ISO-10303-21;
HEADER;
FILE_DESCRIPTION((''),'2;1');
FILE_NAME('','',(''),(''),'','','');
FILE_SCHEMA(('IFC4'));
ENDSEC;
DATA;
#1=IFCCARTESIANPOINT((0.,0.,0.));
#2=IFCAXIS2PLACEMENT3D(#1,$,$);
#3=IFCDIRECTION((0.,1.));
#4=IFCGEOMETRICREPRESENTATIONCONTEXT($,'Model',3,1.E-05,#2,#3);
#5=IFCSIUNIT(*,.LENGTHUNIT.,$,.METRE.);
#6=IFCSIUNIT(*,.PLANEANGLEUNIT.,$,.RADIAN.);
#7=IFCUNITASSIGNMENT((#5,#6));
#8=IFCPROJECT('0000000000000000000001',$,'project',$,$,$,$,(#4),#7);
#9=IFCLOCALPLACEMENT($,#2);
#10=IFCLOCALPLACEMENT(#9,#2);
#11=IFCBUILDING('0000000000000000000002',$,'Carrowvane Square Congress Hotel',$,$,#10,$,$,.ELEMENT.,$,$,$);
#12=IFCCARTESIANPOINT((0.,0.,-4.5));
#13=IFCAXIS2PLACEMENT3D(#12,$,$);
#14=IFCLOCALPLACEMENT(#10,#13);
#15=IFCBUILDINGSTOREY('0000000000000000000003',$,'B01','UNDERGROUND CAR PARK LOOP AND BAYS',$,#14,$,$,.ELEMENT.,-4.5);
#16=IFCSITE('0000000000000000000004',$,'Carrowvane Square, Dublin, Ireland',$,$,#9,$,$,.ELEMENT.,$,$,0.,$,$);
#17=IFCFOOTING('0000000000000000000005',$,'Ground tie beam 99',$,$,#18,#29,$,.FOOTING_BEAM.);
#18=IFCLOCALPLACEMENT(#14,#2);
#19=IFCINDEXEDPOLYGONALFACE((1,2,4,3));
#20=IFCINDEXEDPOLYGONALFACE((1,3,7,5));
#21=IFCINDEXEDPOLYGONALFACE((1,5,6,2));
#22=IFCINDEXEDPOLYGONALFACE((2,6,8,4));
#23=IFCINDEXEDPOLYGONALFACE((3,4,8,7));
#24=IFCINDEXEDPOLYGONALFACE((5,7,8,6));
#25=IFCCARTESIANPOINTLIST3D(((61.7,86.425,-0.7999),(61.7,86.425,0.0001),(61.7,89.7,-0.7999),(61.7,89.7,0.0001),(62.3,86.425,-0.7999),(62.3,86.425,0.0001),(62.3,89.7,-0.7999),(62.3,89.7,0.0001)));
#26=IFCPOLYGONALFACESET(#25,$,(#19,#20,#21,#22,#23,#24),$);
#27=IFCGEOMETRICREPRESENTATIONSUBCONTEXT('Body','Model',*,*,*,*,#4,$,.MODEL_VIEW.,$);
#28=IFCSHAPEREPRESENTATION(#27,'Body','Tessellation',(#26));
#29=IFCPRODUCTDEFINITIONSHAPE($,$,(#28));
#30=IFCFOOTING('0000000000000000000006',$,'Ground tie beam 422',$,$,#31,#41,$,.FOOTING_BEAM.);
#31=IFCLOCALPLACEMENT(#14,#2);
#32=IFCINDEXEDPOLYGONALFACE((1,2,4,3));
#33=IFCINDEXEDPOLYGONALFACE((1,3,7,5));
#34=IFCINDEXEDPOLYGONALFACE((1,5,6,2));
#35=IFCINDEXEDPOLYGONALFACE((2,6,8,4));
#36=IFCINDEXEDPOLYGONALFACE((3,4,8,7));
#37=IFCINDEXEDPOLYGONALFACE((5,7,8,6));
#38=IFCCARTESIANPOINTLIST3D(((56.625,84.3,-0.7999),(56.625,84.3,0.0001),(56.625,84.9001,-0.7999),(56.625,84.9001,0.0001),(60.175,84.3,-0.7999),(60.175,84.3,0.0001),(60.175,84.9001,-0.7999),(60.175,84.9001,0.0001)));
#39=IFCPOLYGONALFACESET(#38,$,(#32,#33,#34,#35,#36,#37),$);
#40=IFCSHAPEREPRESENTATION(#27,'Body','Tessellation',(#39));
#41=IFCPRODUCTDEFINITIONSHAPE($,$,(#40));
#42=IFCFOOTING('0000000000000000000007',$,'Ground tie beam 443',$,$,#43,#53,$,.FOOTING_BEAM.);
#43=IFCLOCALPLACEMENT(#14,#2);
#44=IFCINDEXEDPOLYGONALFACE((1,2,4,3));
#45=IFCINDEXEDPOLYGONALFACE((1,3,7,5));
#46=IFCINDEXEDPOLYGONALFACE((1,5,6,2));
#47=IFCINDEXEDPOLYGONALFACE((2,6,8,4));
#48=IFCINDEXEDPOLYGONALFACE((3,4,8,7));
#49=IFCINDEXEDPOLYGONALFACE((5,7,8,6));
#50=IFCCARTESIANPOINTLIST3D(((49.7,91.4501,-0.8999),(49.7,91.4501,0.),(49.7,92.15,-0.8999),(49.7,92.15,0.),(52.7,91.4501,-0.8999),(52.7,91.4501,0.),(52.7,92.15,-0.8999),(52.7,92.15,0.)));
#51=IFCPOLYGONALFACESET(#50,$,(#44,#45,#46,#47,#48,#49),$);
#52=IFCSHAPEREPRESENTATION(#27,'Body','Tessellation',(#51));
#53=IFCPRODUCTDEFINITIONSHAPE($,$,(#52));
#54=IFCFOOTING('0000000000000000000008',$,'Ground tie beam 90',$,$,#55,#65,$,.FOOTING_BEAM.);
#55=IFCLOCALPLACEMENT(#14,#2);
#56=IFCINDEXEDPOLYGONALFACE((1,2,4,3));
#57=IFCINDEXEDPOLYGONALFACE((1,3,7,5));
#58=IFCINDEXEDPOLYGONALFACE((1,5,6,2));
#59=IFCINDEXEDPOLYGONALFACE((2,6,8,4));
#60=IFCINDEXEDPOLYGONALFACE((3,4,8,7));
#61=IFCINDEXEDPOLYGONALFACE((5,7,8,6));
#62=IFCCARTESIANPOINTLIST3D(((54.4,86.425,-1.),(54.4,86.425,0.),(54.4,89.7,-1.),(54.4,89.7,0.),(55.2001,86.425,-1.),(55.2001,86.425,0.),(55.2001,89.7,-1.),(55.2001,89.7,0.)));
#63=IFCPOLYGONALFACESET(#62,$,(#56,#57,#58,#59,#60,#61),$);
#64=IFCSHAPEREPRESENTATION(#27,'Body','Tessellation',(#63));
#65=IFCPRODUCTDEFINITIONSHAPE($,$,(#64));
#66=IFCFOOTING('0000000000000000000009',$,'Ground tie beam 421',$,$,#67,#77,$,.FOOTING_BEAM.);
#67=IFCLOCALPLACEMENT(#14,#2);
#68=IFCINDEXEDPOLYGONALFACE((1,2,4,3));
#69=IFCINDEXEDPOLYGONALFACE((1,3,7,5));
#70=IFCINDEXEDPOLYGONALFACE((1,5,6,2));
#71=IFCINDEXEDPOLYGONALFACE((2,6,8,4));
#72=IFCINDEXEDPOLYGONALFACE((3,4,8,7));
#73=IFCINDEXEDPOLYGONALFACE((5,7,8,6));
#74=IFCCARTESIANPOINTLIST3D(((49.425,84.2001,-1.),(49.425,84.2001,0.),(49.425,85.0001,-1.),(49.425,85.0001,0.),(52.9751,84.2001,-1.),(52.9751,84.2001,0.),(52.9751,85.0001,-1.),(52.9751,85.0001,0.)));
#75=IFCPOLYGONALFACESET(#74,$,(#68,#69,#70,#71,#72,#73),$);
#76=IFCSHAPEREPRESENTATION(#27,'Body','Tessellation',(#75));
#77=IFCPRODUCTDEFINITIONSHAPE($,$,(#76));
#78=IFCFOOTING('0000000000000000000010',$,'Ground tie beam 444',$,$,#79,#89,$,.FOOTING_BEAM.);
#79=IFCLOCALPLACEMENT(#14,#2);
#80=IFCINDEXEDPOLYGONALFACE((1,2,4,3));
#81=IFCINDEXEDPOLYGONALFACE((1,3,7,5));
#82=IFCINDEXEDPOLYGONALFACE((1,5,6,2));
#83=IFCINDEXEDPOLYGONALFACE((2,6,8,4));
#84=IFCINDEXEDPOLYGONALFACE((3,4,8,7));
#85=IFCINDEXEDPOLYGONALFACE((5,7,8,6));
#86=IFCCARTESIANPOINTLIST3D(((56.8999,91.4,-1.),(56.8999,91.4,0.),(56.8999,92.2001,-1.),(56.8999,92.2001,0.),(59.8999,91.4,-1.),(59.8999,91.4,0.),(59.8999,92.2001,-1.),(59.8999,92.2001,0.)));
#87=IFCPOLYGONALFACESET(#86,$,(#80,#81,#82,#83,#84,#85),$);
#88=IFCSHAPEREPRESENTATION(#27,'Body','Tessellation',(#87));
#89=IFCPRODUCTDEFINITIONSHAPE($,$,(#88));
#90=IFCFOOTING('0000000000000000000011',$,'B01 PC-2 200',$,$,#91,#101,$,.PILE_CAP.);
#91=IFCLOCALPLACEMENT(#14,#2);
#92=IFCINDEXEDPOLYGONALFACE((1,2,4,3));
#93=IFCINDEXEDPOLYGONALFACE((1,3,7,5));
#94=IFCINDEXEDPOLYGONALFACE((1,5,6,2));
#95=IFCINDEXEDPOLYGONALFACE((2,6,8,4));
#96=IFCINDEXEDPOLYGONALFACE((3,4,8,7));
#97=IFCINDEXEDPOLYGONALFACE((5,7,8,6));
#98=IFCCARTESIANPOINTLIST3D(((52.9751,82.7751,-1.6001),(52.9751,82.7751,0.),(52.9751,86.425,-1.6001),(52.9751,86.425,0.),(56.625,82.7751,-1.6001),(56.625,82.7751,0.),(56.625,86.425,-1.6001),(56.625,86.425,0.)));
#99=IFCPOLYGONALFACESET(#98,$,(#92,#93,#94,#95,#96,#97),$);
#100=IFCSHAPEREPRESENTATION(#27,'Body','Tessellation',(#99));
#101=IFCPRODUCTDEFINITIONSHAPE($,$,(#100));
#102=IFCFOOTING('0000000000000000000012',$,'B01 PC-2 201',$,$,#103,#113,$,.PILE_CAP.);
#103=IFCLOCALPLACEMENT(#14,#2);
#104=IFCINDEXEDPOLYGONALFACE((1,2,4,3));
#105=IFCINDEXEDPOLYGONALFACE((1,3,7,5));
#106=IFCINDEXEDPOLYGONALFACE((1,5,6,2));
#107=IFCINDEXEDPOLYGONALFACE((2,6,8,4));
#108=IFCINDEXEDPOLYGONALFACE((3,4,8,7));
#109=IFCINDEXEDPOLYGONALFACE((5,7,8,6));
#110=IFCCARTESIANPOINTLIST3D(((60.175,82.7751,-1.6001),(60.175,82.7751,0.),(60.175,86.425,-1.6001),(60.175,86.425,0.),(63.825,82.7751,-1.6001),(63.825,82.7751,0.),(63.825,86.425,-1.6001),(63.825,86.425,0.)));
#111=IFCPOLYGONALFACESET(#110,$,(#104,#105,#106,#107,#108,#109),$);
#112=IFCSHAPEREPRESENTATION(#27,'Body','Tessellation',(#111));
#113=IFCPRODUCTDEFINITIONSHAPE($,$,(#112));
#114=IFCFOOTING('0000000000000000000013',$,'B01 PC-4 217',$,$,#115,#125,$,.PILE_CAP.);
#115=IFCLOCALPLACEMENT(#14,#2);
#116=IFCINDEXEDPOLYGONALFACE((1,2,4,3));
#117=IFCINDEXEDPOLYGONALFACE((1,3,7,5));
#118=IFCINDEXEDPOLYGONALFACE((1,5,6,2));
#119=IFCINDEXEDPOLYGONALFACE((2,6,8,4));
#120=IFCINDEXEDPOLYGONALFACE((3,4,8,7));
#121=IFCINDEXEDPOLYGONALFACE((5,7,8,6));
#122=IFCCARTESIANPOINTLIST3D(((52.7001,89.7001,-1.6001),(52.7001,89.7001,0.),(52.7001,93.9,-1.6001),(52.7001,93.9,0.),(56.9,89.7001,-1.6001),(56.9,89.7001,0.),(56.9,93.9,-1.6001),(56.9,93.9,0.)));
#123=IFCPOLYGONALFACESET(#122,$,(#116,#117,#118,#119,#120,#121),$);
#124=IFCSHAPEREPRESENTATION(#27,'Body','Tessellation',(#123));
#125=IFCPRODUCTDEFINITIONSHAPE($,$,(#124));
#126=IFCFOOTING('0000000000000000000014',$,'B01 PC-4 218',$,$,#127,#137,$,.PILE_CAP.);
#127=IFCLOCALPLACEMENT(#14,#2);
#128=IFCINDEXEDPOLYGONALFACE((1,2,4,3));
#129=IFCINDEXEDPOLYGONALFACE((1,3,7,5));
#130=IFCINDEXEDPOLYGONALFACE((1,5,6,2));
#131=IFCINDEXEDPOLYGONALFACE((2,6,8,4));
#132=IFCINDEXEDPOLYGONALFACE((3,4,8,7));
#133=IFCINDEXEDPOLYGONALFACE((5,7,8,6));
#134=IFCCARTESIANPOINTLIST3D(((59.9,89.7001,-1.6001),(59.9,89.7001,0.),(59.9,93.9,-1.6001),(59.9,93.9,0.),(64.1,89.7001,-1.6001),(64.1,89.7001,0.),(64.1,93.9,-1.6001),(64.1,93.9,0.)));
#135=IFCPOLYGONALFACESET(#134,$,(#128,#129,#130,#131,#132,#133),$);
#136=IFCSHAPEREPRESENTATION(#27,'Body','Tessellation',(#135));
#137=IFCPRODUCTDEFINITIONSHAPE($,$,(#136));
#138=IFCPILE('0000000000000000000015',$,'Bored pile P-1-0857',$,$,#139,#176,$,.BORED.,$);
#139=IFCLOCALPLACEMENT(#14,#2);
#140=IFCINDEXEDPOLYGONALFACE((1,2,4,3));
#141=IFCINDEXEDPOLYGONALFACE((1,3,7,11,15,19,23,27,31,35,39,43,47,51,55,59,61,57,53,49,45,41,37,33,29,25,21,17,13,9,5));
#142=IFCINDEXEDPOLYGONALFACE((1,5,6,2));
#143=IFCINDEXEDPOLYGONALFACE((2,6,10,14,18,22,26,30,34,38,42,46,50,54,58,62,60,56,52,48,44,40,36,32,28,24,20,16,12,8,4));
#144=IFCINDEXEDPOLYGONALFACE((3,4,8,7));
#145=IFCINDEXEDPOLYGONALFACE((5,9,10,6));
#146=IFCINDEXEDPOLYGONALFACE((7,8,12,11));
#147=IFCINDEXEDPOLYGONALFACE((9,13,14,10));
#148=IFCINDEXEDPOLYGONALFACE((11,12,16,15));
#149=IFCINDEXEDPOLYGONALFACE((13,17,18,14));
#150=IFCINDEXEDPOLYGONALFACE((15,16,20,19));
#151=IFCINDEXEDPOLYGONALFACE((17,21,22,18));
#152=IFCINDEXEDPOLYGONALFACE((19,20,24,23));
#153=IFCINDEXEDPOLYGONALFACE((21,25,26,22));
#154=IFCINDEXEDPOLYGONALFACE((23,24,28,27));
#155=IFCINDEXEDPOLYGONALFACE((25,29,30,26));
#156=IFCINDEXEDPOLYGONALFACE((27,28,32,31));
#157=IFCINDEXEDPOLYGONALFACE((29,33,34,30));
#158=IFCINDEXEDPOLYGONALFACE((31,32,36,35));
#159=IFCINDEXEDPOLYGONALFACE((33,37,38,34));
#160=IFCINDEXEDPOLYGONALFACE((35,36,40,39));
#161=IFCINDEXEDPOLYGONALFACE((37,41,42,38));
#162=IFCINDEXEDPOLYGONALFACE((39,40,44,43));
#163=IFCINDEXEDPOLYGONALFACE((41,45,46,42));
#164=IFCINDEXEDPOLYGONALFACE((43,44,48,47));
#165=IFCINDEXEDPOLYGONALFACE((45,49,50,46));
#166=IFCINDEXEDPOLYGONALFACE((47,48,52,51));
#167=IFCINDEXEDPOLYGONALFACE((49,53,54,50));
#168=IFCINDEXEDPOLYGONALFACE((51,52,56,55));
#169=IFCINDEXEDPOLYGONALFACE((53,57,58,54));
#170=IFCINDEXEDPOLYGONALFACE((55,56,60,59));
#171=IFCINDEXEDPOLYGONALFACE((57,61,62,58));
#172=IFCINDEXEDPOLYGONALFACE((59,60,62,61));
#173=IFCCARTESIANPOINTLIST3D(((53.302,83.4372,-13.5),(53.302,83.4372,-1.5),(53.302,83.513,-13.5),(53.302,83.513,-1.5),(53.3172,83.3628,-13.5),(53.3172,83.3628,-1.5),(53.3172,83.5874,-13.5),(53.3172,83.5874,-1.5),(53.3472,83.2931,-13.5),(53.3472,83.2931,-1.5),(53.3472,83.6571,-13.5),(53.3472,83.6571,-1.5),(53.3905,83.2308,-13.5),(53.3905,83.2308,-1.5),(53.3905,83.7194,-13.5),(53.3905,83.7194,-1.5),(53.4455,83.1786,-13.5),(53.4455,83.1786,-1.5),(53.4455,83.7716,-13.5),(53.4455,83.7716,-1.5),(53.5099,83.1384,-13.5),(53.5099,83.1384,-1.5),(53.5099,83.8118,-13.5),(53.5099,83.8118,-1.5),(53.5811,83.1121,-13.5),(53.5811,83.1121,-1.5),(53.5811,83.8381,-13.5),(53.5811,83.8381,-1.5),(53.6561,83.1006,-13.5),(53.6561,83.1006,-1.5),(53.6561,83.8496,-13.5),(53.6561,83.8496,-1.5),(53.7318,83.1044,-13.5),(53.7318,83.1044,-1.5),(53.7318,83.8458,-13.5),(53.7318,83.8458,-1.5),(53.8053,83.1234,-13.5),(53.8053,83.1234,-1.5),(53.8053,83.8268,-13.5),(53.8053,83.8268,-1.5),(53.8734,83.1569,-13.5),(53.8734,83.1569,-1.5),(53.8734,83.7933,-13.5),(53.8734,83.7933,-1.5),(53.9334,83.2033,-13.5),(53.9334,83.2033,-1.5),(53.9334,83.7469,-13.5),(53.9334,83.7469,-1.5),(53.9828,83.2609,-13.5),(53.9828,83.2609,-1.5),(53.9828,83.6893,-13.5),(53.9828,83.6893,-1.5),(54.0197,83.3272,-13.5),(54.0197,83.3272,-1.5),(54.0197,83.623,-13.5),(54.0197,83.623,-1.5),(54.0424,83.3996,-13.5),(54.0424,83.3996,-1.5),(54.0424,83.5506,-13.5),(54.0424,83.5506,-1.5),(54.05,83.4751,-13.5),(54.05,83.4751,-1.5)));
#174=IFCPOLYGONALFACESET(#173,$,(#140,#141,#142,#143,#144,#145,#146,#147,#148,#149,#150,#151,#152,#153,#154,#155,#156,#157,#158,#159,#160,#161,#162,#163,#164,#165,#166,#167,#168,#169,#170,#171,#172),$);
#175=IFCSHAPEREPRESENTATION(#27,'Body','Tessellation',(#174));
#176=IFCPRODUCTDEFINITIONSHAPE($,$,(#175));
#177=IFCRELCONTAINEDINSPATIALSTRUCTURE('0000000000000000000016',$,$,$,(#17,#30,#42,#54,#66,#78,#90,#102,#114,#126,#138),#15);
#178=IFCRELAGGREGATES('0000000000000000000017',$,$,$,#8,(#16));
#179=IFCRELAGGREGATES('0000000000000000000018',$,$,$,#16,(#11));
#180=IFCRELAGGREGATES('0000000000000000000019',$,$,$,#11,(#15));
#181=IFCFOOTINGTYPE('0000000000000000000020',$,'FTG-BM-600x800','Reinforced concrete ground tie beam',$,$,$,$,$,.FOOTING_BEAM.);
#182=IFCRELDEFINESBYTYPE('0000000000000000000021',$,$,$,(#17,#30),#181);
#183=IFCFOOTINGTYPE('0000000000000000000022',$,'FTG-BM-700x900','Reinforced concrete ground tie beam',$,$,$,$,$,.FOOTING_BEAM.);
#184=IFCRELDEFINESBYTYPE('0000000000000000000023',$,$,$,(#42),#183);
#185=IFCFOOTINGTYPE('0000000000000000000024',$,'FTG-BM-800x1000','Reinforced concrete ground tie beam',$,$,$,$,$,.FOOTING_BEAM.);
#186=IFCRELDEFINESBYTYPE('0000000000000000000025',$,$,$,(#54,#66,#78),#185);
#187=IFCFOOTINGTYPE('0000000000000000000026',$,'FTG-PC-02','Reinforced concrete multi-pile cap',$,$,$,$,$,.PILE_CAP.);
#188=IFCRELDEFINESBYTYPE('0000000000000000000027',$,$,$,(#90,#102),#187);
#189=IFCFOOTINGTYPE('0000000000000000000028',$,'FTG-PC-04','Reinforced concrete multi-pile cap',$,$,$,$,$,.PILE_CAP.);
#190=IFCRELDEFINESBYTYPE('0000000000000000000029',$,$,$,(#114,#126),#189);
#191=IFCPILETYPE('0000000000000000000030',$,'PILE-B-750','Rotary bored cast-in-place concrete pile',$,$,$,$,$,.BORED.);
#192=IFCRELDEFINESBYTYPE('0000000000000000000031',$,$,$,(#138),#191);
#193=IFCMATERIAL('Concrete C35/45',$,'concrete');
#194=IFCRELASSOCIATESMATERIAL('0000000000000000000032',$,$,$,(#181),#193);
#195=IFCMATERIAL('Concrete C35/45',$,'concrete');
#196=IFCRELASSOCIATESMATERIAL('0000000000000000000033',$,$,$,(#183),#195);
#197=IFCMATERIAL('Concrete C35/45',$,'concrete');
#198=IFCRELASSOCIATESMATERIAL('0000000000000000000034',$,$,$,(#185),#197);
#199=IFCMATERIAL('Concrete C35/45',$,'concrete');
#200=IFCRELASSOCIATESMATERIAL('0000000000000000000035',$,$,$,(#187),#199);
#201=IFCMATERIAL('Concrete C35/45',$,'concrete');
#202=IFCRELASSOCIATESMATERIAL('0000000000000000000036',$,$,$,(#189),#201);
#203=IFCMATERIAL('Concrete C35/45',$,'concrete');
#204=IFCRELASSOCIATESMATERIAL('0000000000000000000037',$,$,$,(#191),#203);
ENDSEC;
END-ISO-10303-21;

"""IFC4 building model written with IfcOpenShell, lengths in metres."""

from ifc_helpers import new_model, si_unit, direction, frame, origin, origin_2d, place, context, subcontext, project, spatial, rectangle, circle, extrude, material, material_profile, profile_set, type_object, element, save


model = new_model("IFC4")

# Units and contexts
model_context = context("Model", 3, precision=1e-05, world=origin(), true_north=direction((0.0, 1.0)))
body_context = subcontext(model_context, "Body", "Model", "MODEL_VIEW")
ifc_project = project(units=[si_unit("LENGTHUNIT", "METRE"), si_unit("PLANEANGLEUNIT", "RADIAN")], contexts=[model_context])

# Site, building, storey
site_placement = place(None, origin())
site = spatial("IfcSite", under=ifc_project, at=site_placement, Name="Carrowvane Square, Dublin, Ireland", CompositionType="ELEMENT", RefElevation=0.0)
building_placement = place(site_placement, origin())
building = spatial("IfcBuilding", under=site, at=building_placement, Name="Carrowvane Square Congress Hotel", CompositionType="ELEMENT")
storey_placement = place(building_placement, frame((0.0, 0.0, -4.5)))
storey = spatial("IfcBuildingStorey", under=building, at=storey_placement, Name="B01", Description="UNDERGROUND CAR PARK LOOP AND BAYS", CompositionType="ELEMENT", Elevation=-4.5)

# Footings
ifc_material_1 = material(Name="Concrete C35/45", Category="concrete")
ifc_material_profile_1 = material_profile(ifc_material_1, rectangle(XDim=0.6001, YDim=0.8, at=origin_2d()), Name="RC 600x800")
ifc_profile_set_1 = profile_set([ifc_material_profile_1], Name="Concrete C35/45")
footing_type_1 = type_object("IfcFootingType", Name="FTG-BM-600x800", Description="Reinforced concrete ground tie beam", PredefinedType="FOOTING_BEAM", material=ifc_profile_set_1)
footing_1_placement = place(storey_placement, frame((62.0, 86.425, -0.3999), z_axis=(0.0, 1.0, 0.0), x_axis=(-1.0, 0.0, 0.0)))
element("IfcFooting", 1, at=footing_1_placement, inside=storey, type_object=footing_type_1, Name="Ground tie beam 99", PredefinedType="FOOTING_BEAM", context=body_context, shape_type="SweptSolid", body=[
    extrude(rectangle(XDim=0.6001, YDim=0.8, at=origin_2d()), origin(), (0.0, 0.0, 1.0), 3.2749),
])
footing_2_placement = place(storey_placement, frame((56.625, 84.6001, -0.3999), z_axis=(1.0, 0.0, 0.0), x_axis=(0.0, 1.0, 0.0)))
element("IfcFooting", 2, at=footing_2_placement, inside=storey, type_object=footing_type_1, Name="Ground tie beam 422", PredefinedType="FOOTING_BEAM", context=body_context, shape_type="SweptSolid", body=[
    extrude(rectangle(XDim=0.6001, YDim=0.8, at=origin_2d()), origin(), (0.0, 0.0, 1.0), 3.55),
])
ifc_material_2 = material(Name="Concrete C35/45", Category="concrete")
ifc_material_profile_2 = material_profile(ifc_material_2, rectangle(XDim=0.7, YDim=0.8999, at=origin_2d()), Name="RC 700x900")
ifc_profile_set_2 = profile_set([ifc_material_profile_2], Name="Concrete C35/45")
footing_type_2 = type_object("IfcFootingType", Name="FTG-BM-700x900", Description="Reinforced concrete ground tie beam", PredefinedType="FOOTING_BEAM", material=ifc_profile_set_2)
footing_3_placement = place(storey_placement, frame((49.7, 91.8, -0.45), z_axis=(1.0, 0.0, 0.0), x_axis=(0.0, 1.0, 0.0)))
element("IfcFooting", 3, at=footing_3_placement, inside=storey, type_object=footing_type_2, Name="Ground tie beam 443", PredefinedType="FOOTING_BEAM", context=body_context, shape_type="SweptSolid", body=[
    extrude(rectangle(XDim=0.7, YDim=0.8999, at=origin_2d()), origin(), (0.0, 0.0, 1.0), 3.0),
])
ifc_material_3 = material(Name="Concrete C35/45", Category="concrete")
ifc_material_profile_3 = material_profile(ifc_material_3, rectangle(XDim=0.8, YDim=1.0, at=origin_2d()), Name="RC 800x1000")
ifc_profile_set_3 = profile_set([ifc_material_profile_3], Name="Concrete C35/45")
footing_type_3 = type_object("IfcFootingType", Name="FTG-BM-800x1000", Description="Reinforced concrete ground tie beam", PredefinedType="FOOTING_BEAM", material=ifc_profile_set_3)
footing_4_placement = place(storey_placement, frame((54.8, 86.425, -0.5), z_axis=(0.0, 1.0, 0.0), x_axis=(-1.0, 0.0, 0.0)))
element("IfcFooting", 4, at=footing_4_placement, inside=storey, type_object=footing_type_3, Name="Ground tie beam 90", PredefinedType="FOOTING_BEAM", context=body_context, shape_type="SweptSolid", body=[
    extrude(rectangle(XDim=0.8, YDim=1.0, at=origin_2d()), origin(), (0.0, 0.0, 1.0), 3.2749),
])
footing_5_placement = place(storey_placement, frame((49.425, 84.6001, -0.5), z_axis=(1.0, 0.0, 0.0), x_axis=(0.0, 1.0, 0.0)))
element("IfcFooting", 5, at=footing_5_placement, inside=storey, type_object=footing_type_3, Name="Ground tie beam 421", PredefinedType="FOOTING_BEAM", context=body_context, shape_type="SweptSolid", body=[
    extrude(rectangle(XDim=0.8, YDim=1.0, at=origin_2d()), origin(), (0.0, 0.0, 1.0), 3.55),
])
footing_6_placement = place(storey_placement, frame((56.8999, 91.8, -0.5), z_axis=(1.0, 0.0, 0.0), x_axis=(0.0, 1.0, 0.0)))
element("IfcFooting", 6, at=footing_6_placement, inside=storey, type_object=footing_type_3, Name="Ground tie beam 444", PredefinedType="FOOTING_BEAM", context=body_context, shape_type="SweptSolid", body=[
    extrude(rectangle(XDim=0.8, YDim=1.0, at=origin_2d()), origin(), (0.0, 0.0, 1.0), 3.0),
])
ifc_material_4 = material(Name="Concrete C35/45", Category="concrete")
footing_type_4 = type_object("IfcFootingType", Name="FTG-PC-02", Description="Reinforced concrete multi-pile cap", PredefinedType="PILE_CAP", material=ifc_material_4)
for number, where, z_axis, x_axis, name in (
    (7, (54.8, 84.6001, -1.6001), (0.0, 0.0, 1.0), (1.0, 0.0, 0.0), "B01 PC-2 200"),
    (8, (62.0, 84.6001, -1.6001), (0.0, 0.0, 1.0), (1.0, 0.0, 0.0), "B01 PC-2 201"),
):
    element("IfcFooting", number, at=place(storey_placement, frame(where, z_axis=z_axis, x_axis=x_axis)), inside=storey, type_object=footing_type_4, Name=name, PredefinedType="PILE_CAP", context=body_context, shape_type="SweptSolid", body=[
        extrude(rectangle(XDim=3.6499, YDim=3.6499, at=origin_2d()), origin(), (0.0, 0.0, 1.0), 1.6001),
    ])
ifc_material_5 = material(Name="Concrete C35/45", Category="concrete")
footing_type_5 = type_object("IfcFootingType", Name="FTG-PC-04", Description="Reinforced concrete multi-pile cap", PredefinedType="PILE_CAP", material=ifc_material_5)
for number, where, z_axis, x_axis, name in (
    (9, (54.8, 91.8, -1.6001), (0.0, 0.0, 1.0), (1.0, 0.0, 0.0), "B01 PC-4 217"),
    (10, (62.0, 91.8, -1.6001), (0.0, 0.0, 1.0), (1.0, 0.0, 0.0), "B01 PC-4 218"),
):
    element("IfcFooting", number, at=place(storey_placement, frame(where, z_axis=z_axis, x_axis=x_axis)), inside=storey, type_object=footing_type_5, Name=name, PredefinedType="PILE_CAP", context=body_context, shape_type="SweptSolid", body=[
        extrude(rectangle(XDim=4.2, YDim=4.2, at=origin_2d()), origin(), (0.0, 0.0, 1.0), 1.6001),
    ])

# Pile
ifc_material_6 = material(Name="Concrete C35/45", Category="concrete")
ifc_material_profile_4 = material_profile(ifc_material_6, circle(Radius=0.375, at=origin_2d()), Name="PILE D750")
ifc_profile_set_4 = profile_set([ifc_material_profile_4], Name="Concrete C35/45")
pile_type_1 = type_object("IfcPileType", Name="PILE-B-750", Description="Rotary bored cast-in-place concrete pile", PredefinedType="BORED", material=ifc_profile_set_4)
for number, where, z_axis, x_axis, name in (
    (11, (53.675, 83.4751, -1.5), (0.0, 0.0, -1.0), (1.0, 0.0, 0.0), "Bored pile P-1-0857"),
):
    element("IfcPile", number, at=place(storey_placement, frame(where, z_axis=z_axis, x_axis=x_axis)), inside=storey, type_object=pile_type_1, Name=name, PredefinedType="BORED", context=body_context, shape_type="SweptSolid", body=[
        extrude(circle(Radius=0.375, at=origin_2d()), origin(), (0.0, 0.0, 1.0), 12.0),
    ])

save(model, "model.ifc")
